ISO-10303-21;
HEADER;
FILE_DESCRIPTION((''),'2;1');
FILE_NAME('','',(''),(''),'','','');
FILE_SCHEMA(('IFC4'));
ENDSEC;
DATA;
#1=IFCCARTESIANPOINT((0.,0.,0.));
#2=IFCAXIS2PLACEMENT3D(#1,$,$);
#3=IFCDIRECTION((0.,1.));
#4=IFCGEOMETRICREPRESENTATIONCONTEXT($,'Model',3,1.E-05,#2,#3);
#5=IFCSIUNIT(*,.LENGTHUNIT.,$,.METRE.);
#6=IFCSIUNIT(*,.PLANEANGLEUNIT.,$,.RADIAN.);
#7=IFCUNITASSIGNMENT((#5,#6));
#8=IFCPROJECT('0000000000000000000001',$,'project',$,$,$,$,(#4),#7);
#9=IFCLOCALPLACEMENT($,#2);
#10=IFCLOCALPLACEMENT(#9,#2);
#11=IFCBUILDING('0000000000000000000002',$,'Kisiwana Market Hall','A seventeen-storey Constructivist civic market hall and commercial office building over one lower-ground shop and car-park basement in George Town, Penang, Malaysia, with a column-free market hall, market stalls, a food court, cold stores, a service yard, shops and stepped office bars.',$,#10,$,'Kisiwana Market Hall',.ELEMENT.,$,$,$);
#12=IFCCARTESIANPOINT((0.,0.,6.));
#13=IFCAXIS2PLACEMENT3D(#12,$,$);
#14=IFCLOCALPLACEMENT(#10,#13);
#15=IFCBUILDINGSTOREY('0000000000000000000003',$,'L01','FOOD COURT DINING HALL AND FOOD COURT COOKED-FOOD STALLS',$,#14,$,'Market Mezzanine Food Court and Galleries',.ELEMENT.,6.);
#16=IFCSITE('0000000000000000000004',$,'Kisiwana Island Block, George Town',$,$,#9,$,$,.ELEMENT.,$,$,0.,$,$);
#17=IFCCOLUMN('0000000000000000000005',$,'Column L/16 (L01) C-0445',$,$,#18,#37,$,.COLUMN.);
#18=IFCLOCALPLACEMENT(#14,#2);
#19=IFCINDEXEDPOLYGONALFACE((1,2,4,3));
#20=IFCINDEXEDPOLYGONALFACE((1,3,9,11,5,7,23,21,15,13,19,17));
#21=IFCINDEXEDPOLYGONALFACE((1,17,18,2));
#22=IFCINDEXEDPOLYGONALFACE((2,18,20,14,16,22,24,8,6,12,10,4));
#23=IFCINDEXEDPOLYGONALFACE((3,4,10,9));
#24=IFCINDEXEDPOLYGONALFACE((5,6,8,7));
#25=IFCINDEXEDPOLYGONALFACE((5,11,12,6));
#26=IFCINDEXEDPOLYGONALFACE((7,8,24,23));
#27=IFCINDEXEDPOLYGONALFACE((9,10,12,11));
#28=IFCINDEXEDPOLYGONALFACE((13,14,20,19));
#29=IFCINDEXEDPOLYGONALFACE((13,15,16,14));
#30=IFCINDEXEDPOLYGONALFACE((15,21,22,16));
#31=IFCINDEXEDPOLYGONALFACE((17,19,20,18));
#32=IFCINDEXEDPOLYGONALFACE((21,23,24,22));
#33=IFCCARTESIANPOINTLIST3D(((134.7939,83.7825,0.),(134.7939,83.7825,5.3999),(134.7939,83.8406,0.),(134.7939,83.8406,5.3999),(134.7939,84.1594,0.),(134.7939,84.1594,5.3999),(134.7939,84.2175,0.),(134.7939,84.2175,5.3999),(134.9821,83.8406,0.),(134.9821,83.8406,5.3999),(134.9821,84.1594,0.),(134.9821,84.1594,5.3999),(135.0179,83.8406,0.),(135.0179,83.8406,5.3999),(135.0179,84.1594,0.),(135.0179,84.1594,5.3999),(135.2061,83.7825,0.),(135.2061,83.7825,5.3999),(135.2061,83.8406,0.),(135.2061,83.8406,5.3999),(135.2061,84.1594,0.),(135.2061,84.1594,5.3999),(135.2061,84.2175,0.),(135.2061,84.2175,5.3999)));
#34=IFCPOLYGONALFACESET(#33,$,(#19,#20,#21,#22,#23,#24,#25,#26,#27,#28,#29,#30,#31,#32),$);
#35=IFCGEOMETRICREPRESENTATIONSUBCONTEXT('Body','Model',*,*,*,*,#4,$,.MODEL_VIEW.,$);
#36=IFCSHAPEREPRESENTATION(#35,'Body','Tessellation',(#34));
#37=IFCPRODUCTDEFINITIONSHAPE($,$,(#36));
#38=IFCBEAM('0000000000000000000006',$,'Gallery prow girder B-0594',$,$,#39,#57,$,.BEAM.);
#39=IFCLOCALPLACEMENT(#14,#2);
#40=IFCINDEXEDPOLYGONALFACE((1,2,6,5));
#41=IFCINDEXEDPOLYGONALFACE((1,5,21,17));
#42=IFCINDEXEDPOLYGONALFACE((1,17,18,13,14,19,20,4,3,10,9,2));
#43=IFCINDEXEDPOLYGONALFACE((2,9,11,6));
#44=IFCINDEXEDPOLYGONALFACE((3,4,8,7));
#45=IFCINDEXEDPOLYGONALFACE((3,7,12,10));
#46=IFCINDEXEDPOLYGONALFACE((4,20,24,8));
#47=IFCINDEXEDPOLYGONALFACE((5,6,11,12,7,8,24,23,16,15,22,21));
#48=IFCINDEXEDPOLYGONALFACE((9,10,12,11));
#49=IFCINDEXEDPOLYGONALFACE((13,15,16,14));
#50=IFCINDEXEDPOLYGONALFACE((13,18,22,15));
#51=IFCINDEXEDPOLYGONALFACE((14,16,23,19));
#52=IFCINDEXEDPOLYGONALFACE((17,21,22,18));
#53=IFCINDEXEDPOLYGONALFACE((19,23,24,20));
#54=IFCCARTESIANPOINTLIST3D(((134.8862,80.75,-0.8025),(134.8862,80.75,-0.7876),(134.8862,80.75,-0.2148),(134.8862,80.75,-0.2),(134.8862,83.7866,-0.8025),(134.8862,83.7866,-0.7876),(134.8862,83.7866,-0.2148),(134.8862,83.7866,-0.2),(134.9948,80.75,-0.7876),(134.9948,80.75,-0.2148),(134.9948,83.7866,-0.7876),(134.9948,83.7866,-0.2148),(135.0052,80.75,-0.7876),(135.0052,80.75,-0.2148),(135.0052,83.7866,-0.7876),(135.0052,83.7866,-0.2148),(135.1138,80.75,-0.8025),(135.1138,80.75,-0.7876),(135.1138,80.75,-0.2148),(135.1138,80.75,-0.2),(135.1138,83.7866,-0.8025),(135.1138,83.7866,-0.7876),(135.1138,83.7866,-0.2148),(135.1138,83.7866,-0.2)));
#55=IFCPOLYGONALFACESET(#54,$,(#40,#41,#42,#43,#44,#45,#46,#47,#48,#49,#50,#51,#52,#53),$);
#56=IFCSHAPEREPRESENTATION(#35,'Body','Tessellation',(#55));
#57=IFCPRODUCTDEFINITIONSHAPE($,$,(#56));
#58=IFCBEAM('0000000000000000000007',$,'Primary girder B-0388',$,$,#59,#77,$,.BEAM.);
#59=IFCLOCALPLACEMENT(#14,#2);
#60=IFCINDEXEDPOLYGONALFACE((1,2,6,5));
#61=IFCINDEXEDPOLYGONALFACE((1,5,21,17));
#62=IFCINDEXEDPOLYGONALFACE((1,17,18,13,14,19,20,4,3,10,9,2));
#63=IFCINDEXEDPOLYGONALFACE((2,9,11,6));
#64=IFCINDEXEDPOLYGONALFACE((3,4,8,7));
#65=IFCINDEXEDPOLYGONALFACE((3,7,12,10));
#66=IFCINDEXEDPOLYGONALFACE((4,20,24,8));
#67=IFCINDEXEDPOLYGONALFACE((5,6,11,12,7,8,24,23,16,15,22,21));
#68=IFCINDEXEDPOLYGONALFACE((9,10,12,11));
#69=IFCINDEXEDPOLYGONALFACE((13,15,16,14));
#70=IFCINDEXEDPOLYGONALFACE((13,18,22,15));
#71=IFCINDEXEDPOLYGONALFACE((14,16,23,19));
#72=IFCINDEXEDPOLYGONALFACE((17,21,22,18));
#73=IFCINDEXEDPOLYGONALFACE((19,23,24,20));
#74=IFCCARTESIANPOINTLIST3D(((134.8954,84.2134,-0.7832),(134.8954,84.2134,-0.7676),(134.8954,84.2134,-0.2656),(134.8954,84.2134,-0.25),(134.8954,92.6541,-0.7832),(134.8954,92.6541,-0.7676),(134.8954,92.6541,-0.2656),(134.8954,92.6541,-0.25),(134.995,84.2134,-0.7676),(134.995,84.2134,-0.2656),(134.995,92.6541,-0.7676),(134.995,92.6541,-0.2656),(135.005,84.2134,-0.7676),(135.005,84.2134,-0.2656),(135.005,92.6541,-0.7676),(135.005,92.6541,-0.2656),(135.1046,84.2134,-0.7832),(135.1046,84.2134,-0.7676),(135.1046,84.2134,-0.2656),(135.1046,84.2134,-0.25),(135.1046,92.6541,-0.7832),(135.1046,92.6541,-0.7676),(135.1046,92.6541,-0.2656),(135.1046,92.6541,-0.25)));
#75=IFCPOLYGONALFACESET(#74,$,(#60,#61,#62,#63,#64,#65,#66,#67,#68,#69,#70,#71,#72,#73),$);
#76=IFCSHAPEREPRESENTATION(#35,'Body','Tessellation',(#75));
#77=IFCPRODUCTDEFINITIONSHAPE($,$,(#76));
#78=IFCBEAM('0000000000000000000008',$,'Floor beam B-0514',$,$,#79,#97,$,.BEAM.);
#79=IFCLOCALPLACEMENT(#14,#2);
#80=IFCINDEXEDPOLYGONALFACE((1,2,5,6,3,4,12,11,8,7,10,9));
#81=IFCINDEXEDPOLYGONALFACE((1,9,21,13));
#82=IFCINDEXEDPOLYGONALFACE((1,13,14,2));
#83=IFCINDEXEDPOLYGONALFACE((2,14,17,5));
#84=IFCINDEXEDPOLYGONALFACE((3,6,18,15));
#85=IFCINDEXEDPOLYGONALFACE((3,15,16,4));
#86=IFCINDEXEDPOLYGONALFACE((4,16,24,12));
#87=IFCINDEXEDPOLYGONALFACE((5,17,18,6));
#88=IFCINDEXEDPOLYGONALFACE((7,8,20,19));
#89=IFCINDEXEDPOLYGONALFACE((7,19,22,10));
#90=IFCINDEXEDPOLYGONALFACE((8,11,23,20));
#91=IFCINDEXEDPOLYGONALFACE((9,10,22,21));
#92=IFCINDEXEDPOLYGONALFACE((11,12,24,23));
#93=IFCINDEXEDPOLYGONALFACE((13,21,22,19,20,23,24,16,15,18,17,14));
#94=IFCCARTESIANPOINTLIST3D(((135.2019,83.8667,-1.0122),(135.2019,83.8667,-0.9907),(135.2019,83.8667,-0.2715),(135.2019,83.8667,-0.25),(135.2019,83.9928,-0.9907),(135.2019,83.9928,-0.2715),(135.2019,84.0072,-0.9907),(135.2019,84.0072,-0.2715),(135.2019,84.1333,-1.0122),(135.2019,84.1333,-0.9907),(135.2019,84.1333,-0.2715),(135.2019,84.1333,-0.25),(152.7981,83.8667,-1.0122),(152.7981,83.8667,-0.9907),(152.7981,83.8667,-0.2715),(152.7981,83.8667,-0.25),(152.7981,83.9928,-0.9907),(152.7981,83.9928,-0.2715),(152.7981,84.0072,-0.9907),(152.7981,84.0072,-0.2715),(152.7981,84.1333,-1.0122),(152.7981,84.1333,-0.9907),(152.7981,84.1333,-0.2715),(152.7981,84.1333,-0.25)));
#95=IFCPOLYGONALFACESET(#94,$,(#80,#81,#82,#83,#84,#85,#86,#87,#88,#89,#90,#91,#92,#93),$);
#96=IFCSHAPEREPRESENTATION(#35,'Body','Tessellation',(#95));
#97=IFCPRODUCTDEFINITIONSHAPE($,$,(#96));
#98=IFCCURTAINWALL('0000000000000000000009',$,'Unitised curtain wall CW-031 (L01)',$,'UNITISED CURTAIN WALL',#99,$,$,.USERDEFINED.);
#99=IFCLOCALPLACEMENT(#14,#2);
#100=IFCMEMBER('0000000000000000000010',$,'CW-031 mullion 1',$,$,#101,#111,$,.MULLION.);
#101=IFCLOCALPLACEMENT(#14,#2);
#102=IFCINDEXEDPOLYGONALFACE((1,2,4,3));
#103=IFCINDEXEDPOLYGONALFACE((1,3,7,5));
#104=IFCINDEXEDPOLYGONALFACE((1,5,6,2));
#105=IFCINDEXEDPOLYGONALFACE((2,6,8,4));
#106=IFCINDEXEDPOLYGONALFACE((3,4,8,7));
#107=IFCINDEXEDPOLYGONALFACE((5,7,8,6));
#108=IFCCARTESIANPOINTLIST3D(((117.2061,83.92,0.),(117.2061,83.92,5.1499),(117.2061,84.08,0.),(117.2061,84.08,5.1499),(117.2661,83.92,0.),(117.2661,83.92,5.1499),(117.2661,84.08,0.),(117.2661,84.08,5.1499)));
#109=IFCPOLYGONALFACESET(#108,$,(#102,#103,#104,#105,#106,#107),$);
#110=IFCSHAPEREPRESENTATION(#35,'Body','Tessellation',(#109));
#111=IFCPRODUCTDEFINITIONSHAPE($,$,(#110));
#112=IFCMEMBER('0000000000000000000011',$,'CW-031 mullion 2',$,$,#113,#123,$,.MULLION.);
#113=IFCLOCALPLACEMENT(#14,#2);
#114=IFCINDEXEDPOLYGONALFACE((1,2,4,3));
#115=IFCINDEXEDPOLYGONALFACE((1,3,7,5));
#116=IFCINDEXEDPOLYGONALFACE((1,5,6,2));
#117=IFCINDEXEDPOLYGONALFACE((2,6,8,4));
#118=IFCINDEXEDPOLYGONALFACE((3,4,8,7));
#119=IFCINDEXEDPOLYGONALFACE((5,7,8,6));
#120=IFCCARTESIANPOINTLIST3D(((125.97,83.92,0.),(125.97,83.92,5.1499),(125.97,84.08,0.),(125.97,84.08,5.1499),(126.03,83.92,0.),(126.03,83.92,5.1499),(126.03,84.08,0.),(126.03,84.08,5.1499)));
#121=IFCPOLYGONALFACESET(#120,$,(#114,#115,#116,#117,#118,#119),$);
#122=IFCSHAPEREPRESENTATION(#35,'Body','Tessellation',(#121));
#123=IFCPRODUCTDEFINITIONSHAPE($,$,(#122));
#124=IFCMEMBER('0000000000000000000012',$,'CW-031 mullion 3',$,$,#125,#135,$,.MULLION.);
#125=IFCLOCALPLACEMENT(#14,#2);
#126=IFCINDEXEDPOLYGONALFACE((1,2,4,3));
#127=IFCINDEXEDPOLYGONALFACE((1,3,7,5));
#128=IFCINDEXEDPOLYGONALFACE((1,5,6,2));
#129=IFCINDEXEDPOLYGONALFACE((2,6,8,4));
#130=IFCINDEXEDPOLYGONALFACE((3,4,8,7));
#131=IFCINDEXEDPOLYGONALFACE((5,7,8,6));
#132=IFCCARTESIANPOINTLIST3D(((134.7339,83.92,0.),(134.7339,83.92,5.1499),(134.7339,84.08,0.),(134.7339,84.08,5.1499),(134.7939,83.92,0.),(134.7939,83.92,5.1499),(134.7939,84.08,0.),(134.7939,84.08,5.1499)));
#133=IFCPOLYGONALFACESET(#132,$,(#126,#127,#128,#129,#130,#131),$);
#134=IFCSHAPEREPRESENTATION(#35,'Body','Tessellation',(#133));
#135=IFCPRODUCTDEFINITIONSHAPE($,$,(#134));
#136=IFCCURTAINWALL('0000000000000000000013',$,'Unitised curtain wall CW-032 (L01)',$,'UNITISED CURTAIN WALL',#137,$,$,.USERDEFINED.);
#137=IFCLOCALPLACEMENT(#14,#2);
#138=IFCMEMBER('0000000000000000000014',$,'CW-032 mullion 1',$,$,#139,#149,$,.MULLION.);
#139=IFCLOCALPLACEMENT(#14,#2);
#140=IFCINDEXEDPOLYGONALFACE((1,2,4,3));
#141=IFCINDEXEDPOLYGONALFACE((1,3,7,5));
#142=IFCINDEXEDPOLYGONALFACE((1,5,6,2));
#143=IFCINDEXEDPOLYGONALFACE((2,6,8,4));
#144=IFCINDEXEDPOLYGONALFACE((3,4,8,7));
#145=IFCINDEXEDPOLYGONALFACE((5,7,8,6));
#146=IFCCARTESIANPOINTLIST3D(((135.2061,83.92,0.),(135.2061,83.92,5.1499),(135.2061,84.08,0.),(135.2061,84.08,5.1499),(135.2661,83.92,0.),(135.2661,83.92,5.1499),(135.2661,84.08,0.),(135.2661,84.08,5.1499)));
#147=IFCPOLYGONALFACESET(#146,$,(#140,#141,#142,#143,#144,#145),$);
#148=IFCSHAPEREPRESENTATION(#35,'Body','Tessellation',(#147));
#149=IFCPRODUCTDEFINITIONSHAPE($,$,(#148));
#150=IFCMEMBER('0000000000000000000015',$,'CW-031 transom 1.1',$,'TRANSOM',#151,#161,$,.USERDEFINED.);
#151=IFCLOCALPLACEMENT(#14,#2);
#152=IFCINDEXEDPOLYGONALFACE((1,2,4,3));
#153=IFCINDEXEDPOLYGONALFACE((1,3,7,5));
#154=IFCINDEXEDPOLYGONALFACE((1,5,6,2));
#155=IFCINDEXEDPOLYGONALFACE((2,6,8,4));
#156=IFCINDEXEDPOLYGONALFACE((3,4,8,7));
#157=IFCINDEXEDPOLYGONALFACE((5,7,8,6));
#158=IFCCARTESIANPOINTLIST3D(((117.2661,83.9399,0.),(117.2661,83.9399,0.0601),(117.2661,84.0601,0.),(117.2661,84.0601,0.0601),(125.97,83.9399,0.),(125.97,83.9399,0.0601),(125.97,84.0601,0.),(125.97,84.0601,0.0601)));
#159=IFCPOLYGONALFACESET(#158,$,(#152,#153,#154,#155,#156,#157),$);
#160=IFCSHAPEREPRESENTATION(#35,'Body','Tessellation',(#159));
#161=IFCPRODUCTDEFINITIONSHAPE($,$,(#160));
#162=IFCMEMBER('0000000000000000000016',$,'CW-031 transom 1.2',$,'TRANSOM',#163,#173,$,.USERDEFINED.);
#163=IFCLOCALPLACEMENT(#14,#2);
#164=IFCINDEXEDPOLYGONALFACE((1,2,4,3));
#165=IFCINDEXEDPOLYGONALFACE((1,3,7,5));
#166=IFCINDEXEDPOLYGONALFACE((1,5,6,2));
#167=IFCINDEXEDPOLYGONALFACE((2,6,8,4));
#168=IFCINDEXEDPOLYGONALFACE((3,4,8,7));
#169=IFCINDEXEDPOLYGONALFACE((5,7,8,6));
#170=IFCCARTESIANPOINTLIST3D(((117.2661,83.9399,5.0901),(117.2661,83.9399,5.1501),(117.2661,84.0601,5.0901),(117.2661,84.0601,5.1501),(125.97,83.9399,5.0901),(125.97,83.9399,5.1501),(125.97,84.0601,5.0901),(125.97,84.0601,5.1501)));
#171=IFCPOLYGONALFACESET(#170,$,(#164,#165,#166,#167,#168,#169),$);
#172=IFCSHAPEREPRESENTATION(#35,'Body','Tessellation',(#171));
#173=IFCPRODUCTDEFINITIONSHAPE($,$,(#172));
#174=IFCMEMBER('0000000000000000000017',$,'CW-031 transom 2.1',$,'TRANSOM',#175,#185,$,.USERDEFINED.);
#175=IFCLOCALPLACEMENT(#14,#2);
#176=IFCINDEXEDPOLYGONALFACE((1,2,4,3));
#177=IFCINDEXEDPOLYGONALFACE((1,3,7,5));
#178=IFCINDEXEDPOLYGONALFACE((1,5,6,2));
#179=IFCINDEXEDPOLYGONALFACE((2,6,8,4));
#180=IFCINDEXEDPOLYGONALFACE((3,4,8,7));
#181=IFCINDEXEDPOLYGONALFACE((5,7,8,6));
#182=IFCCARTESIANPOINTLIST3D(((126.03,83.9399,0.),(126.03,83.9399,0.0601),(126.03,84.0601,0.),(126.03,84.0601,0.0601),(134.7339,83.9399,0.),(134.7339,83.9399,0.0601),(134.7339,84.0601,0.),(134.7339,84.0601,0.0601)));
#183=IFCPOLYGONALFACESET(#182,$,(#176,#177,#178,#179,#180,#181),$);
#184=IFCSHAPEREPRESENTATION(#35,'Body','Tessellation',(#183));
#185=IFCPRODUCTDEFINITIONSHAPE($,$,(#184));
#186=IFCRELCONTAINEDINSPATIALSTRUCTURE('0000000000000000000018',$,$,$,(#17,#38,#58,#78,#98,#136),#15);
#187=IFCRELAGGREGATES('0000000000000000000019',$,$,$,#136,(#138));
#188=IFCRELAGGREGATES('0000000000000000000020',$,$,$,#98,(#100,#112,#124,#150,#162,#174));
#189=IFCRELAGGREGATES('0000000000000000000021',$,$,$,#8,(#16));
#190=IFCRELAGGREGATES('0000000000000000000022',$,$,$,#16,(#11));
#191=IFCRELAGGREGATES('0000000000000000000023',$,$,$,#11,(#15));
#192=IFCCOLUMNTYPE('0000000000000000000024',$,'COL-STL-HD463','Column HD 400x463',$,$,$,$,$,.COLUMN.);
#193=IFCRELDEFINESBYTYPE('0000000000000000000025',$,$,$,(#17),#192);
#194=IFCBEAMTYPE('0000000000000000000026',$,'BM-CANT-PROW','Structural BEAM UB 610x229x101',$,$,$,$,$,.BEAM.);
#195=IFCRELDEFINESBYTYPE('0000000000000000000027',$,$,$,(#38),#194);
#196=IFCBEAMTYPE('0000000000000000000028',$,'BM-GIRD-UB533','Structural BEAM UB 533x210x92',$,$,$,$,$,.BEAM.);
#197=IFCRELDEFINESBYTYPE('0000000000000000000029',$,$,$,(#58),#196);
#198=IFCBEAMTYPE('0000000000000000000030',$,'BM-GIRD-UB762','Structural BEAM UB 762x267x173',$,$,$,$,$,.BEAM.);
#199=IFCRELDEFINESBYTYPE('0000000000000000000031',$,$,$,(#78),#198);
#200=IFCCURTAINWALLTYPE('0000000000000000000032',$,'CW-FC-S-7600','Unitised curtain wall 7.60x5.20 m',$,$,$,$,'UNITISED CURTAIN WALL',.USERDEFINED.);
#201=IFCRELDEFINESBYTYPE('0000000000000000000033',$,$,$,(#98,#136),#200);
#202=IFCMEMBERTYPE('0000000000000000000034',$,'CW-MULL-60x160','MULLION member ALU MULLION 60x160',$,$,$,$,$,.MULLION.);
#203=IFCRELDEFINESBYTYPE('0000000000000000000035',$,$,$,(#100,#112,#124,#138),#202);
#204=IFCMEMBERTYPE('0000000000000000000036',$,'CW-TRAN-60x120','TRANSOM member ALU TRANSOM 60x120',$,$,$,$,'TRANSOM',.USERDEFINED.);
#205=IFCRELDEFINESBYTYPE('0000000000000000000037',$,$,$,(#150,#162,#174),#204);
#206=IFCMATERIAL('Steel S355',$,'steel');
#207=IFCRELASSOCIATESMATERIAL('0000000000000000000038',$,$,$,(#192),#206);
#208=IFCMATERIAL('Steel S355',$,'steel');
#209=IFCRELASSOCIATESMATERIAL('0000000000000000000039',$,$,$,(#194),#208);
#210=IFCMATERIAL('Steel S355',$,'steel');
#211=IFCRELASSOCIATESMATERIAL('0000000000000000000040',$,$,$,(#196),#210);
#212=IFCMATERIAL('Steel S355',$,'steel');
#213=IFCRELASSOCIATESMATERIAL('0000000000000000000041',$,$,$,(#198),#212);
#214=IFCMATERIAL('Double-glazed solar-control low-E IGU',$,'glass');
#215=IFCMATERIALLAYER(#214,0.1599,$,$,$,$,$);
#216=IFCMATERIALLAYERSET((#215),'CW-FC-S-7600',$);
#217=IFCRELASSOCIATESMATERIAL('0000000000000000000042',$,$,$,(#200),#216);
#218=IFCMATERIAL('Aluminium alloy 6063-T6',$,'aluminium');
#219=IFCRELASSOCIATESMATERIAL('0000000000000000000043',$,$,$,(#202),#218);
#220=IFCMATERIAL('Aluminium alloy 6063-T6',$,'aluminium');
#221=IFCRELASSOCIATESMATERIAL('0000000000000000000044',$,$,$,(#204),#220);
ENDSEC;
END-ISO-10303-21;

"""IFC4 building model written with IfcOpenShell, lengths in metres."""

from ifc_helpers import new_model, si_unit, direction, frame, origin, origin_2d, place, context, subcontext, project, spatial, rectangle, i_section, extrude, material, layer, layer_set, material_profile, profile_set, type_object, element, aggregate, save


model = new_model("IFC4")

# Units and contexts
model_context = context("Model", 3, precision=1e-05, world=origin(), true_north=direction((0.0, 1.0)))
body_context = subcontext(model_context, "Body", "Model", "MODEL_VIEW")
ifc_project = project(units=[si_unit("LENGTHUNIT", "METRE"), si_unit("PLANEANGLEUNIT", "RADIAN")], contexts=[model_context])

# Site, building, storey
site_placement = place(None, origin())
site = spatial("IfcSite", under=ifc_project, at=site_placement, Name="Kisiwana Island Block, George Town", CompositionType="ELEMENT", RefElevation=0.0)
building_placement = place(site_placement, origin())
building = spatial("IfcBuilding", under=site, at=building_placement, Name="Kisiwana Market Hall", Description="A seventeen-storey Constructivist civic market hall and commercial office building over one lower-ground shop and car-park basement in George Town, Penang, Malaysia, with a column-free market hall, market stalls, a food court, cold stores, a service yard, shops and stepped office bars.", LongName="Kisiwana Market Hall", CompositionType="ELEMENT")
storey_placement = place(building_placement, frame((0.0, 0.0, 6.0)))
storey = spatial("IfcBuildingStorey", under=building, at=storey_placement, Name="L01", Description="FOOD COURT DINING HALL AND FOOD COURT COOKED-FOOD STALLS", LongName="Market Mezzanine Food Court and Galleries", CompositionType="ELEMENT", Elevation=6.0)

# Column
ifc_material_1 = material(Name="Steel S355", Category="steel")
ifc_material_profile_1 = material_profile(ifc_material_1, i_section(OverallWidth=0.4121, OverallDepth=0.4351, WebThickness=0.0359, FlangeThickness=0.0581, at=origin_2d()), Name="HD 400x463")
ifc_profile_set_1 = profile_set([ifc_material_profile_1], Name="Steel S355")
column_type = type_object("IfcColumnType", Name="COL-STL-HD463", Description="Column HD 400x463", PredefinedType="COLUMN", material=ifc_profile_set_1)
column_placement = place(storey_placement, frame((135.0, 84.0, 0.0), z_axis=(0.0, 0.0, 1.0), x_axis=(1.0, 0.0, 0.0)))
element("IfcColumn", 1, at=column_placement, inside=storey, type_object=column_type, Name="Column L/16 (L01) C-0445", PredefinedType="COLUMN", context=body_context, shape_type="SweptSolid", body=[
    extrude(i_section(OverallWidth=0.4121, OverallDepth=0.4351, WebThickness=0.0359, FlangeThickness=0.0581, at=origin_2d()), origin(), (0.0, 0.0, 1.0), 5.3999),
])

# Beams
ifc_material_2 = material(Name="Steel S355", Category="steel")
ifc_material_profile_2 = material_profile(ifc_material_2, i_section(OverallWidth=0.2275, OverallDepth=0.6025, WebThickness=0.0105, FlangeThickness=0.0149, at=origin_2d()), Name="UB 610x229x101")
ifc_profile_set_2 = profile_set([ifc_material_profile_2], Name="Steel S355")
beam_type_1 = type_object("IfcBeamType", Name="BM-CANT-PROW", Description="Structural BEAM UB 610x229x101", PredefinedType="BEAM", material=ifc_profile_set_2)
beam_1_placement = place(storey_placement, frame((135.0, 83.7866, -0.5012), z_axis=(0.0, -1.0, 0.0), x_axis=(1.0, 0.0, 0.0)))
element("IfcBeam", 2, at=beam_1_placement, inside=storey, type_object=beam_type_1, Name="Gallery prow girder B-0594", PredefinedType="BEAM", context=body_context, shape_type="SweptSolid", body=[
    extrude(i_section(OverallWidth=0.2275, OverallDepth=0.6025, WebThickness=0.0105, FlangeThickness=0.0149, at=origin_2d()), origin(), (0.0, 0.0, 1.0), 3.0366),
])
ifc_material_3 = material(Name="Steel S355", Category="steel")
ifc_material_profile_3 = material_profile(ifc_material_3, i_section(OverallWidth=0.2092, OverallDepth=0.5332, WebThickness=0.01, FlangeThickness=0.0156, at=origin_2d()), Name="UB 533x210x92")
ifc_profile_set_3 = profile_set([ifc_material_profile_3], Name="Steel S355")
beam_type_2 = type_object("IfcBeamType", Name="BM-GIRD-UB533", Description="Structural BEAM UB 533x210x92", PredefinedType="BEAM", material=ifc_profile_set_3)
beam_2_placement = place(storey_placement, frame((135.0, 84.2134, -0.5166), z_axis=(0.0, 1.0, 0.0), x_axis=(-1.0, 0.0, 0.0)))
element("IfcBeam", 3, at=beam_2_placement, inside=storey, type_object=beam_type_2, Name="Primary girder B-0388", PredefinedType="BEAM", context=body_context, shape_type="SweptSolid", body=[
    extrude(i_section(OverallWidth=0.2092, OverallDepth=0.5332, WebThickness=0.01, FlangeThickness=0.0156, at=origin_2d()), origin(), (0.0, 0.0, 1.0), 8.4407),
])
ifc_material_4 = material(Name="Steel S355", Category="steel")
ifc_material_profile_4 = material_profile(ifc_material_4, i_section(OverallWidth=0.2666, OverallDepth=0.7622, WebThickness=0.0144, FlangeThickness=0.0215, at=origin_2d()), Name="UB 762x267x173")
ifc_profile_set_4 = profile_set([ifc_material_profile_4], Name="Steel S355")
beam_type_3 = type_object("IfcBeamType", Name="BM-GIRD-UB762", Description="Structural BEAM UB 762x267x173", PredefinedType="BEAM", material=ifc_profile_set_4)
beam_3_placement = place(storey_placement, frame((135.2019, 84.0, -0.6311), z_axis=(1.0, 0.0, 0.0), x_axis=(0.0, 1.0, 0.0)))
element("IfcBeam", 4, at=beam_3_placement, inside=storey, type_object=beam_type_3, Name="Floor beam B-0514", PredefinedType="BEAM", context=body_context, shape_type="SweptSolid", body=[
    extrude(i_section(OverallWidth=0.2666, OverallDepth=0.7622, WebThickness=0.0144, FlangeThickness=0.0215, at=origin_2d()), origin(), (0.0, 0.0, 1.0), 17.5962),
])

# Curtain wall, members
ifc_material_5 = material(Name="Double-glazed solar-control low-E IGU", Category="glass")
ifc_layer_1 = layer(ifc_material_5, 0.1599)
ifc_layer_set_1 = layer_set([ifc_layer_1], Name="CW-FC-S-7600")
curtain_wall_type = type_object("IfcCurtainWallType", Name="CW-FC-S-7600", Description="Unitised curtain wall 7.60x5.20 m", ElementType="UNITISED CURTAIN WALL", PredefinedType="USERDEFINED", material=ifc_layer_set_1)
curtain_wall_1_placement = place(storey_placement, origin())
curtain_wall_1 = element("IfcCurtainWall", 5, at=curtain_wall_1_placement, inside=storey, type_object=curtain_wall_type, Name="Unitised curtain wall CW-031 (L01)", ObjectType="UNITISED CURTAIN WALL", PredefinedType="USERDEFINED")
ifc_material_6 = material(Name="Aluminium alloy 6063-T6", Category="aluminium")
ifc_material_profile_5 = material_profile(ifc_material_6, rectangle(XDim=0.0601, YDim=0.1599, at=origin_2d()), Name="ALU MULLION 60x160")
ifc_profile_set_5 = profile_set([ifc_material_profile_5], Name="Aluminium alloy 6063-T6")
member_type_1 = type_object("IfcMemberType", Name="CW-MULL-60x160", Description="MULLION member ALU MULLION 60x160", PredefinedType="MULLION", material=ifc_profile_set_5)
member_1_placement = place(storey_placement, frame((117.2361, 84.0, 0.0), z_axis=(0.0, 0.0, 1.0), x_axis=(1.0, 0.0, 0.0)))
member_1 = element("IfcMember", 6, at=member_1_placement, type_object=member_type_1, Name="CW-031 mullion 1", PredefinedType="MULLION", context=body_context, shape_type="SweptSolid", body=[
    extrude(rectangle(XDim=0.0601, YDim=0.1599, at=origin_2d()), origin(), (0.0, 0.0, 1.0), 5.1499),
])
member_2_placement = place(storey_placement, frame((126.0, 84.0, 0.0), z_axis=(0.0, 0.0, 1.0), x_axis=(1.0, 0.0, 0.0)))
member_2 = element("IfcMember", 7, at=member_2_placement, type_object=member_type_1, Name="CW-031 mullion 2", PredefinedType="MULLION", context=body_context, shape_type="SweptSolid", body=[
    extrude(rectangle(XDim=0.0601, YDim=0.1599, at=origin_2d()), origin(), (0.0, 0.0, 1.0), 5.1499),
])
member_3_placement = place(storey_placement, frame((134.7639, 84.0, 0.0), z_axis=(0.0, 0.0, 1.0), x_axis=(1.0, 0.0, 0.0)))
member_3 = element("IfcMember", 8, at=member_3_placement, type_object=member_type_1, Name="CW-031 mullion 3", PredefinedType="MULLION", context=body_context, shape_type="SweptSolid", body=[
    extrude(rectangle(XDim=0.0601, YDim=0.1599, at=origin_2d()), origin(), (0.0, 0.0, 1.0), 5.1499),
])

# Curtain wall, member
curtain_wall_2_placement = place(storey_placement, origin())
curtain_wall_2 = element("IfcCurtainWall", 9, at=curtain_wall_2_placement, inside=storey, type_object=curtain_wall_type, Name="Unitised curtain wall CW-032 (L01)", ObjectType="UNITISED CURTAIN WALL", PredefinedType="USERDEFINED")
member_4_placement = place(storey_placement, frame((135.2361, 84.0, 0.0), z_axis=(0.0, 0.0, 1.0), x_axis=(1.0, 0.0, 0.0)))
member_4 = element("IfcMember", 10, at=member_4_placement, type_object=member_type_1, Name="CW-032 mullion 1", PredefinedType="MULLION", context=body_context, shape_type="SweptSolid", body=[
    extrude(rectangle(XDim=0.0601, YDim=0.1599, at=origin_2d()), origin(), (0.0, 0.0, 1.0), 5.1499),
])

# Members
ifc_material_7 = material(Name="Aluminium alloy 6063-T6", Category="aluminium")
ifc_material_profile_6 = material_profile(ifc_material_7, rectangle(XDim=0.1201, YDim=0.0601, at=origin_2d()), Name="ALU TRANSOM 60x120")
ifc_profile_set_6 = profile_set([ifc_material_profile_6], Name="Aluminium alloy 6063-T6")
member_type_2 = type_object("IfcMemberType", Name="CW-TRAN-60x120", Description="TRANSOM member ALU TRANSOM 60x120", ElementType="TRANSOM", PredefinedType="USERDEFINED", material=ifc_profile_set_6)
member_5_placement = place(storey_placement, frame((117.2661, 84.0, 0.03), z_axis=(1.0, 0.0, 0.0), x_axis=(0.0, 1.0, 0.0)))
member_5 = element("IfcMember", 11, at=member_5_placement, type_object=member_type_2, Name="CW-031 transom 1.1", ObjectType="TRANSOM", PredefinedType="USERDEFINED", context=body_context, shape_type="SweptSolid", body=[
    extrude(rectangle(XDim=0.1201, YDim=0.0601, at=origin_2d()), origin(), (0.0, 0.0, 1.0), 8.7039),
])
member_6_placement = place(storey_placement, frame((117.2661, 84.0, 5.1201), z_axis=(1.0, 0.0, 0.0), x_axis=(0.0, 1.0, 0.0)))
member_6 = element("IfcMember", 12, at=member_6_placement, type_object=member_type_2, Name="CW-031 transom 1.2", ObjectType="TRANSOM", PredefinedType="USERDEFINED", context=body_context, shape_type="SweptSolid", body=[
    extrude(rectangle(XDim=0.1201, YDim=0.0601, at=origin_2d()), origin(), (0.0, 0.0, 1.0), 8.7039),
])
member_7_placement = place(storey_placement, frame((126.03, 84.0, 0.03), z_axis=(1.0, 0.0, 0.0), x_axis=(0.0, 1.0, 0.0)))
member_7 = element("IfcMember", 13, at=member_7_placement, type_object=member_type_2, Name="CW-031 transom 2.1", ObjectType="TRANSOM", PredefinedType="USERDEFINED", context=body_context, shape_type="SweptSolid", body=[
    extrude(rectangle(XDim=0.1201, YDim=0.0601, at=origin_2d()), origin(), (0.0, 0.0, 1.0), 8.7039),
])
aggregate(curtain_wall_2, [member_4])

aggregate(curtain_wall_1, [member_1, member_2, member_3, member_5, member_6, member_7])

save(model, "model.ifc")
